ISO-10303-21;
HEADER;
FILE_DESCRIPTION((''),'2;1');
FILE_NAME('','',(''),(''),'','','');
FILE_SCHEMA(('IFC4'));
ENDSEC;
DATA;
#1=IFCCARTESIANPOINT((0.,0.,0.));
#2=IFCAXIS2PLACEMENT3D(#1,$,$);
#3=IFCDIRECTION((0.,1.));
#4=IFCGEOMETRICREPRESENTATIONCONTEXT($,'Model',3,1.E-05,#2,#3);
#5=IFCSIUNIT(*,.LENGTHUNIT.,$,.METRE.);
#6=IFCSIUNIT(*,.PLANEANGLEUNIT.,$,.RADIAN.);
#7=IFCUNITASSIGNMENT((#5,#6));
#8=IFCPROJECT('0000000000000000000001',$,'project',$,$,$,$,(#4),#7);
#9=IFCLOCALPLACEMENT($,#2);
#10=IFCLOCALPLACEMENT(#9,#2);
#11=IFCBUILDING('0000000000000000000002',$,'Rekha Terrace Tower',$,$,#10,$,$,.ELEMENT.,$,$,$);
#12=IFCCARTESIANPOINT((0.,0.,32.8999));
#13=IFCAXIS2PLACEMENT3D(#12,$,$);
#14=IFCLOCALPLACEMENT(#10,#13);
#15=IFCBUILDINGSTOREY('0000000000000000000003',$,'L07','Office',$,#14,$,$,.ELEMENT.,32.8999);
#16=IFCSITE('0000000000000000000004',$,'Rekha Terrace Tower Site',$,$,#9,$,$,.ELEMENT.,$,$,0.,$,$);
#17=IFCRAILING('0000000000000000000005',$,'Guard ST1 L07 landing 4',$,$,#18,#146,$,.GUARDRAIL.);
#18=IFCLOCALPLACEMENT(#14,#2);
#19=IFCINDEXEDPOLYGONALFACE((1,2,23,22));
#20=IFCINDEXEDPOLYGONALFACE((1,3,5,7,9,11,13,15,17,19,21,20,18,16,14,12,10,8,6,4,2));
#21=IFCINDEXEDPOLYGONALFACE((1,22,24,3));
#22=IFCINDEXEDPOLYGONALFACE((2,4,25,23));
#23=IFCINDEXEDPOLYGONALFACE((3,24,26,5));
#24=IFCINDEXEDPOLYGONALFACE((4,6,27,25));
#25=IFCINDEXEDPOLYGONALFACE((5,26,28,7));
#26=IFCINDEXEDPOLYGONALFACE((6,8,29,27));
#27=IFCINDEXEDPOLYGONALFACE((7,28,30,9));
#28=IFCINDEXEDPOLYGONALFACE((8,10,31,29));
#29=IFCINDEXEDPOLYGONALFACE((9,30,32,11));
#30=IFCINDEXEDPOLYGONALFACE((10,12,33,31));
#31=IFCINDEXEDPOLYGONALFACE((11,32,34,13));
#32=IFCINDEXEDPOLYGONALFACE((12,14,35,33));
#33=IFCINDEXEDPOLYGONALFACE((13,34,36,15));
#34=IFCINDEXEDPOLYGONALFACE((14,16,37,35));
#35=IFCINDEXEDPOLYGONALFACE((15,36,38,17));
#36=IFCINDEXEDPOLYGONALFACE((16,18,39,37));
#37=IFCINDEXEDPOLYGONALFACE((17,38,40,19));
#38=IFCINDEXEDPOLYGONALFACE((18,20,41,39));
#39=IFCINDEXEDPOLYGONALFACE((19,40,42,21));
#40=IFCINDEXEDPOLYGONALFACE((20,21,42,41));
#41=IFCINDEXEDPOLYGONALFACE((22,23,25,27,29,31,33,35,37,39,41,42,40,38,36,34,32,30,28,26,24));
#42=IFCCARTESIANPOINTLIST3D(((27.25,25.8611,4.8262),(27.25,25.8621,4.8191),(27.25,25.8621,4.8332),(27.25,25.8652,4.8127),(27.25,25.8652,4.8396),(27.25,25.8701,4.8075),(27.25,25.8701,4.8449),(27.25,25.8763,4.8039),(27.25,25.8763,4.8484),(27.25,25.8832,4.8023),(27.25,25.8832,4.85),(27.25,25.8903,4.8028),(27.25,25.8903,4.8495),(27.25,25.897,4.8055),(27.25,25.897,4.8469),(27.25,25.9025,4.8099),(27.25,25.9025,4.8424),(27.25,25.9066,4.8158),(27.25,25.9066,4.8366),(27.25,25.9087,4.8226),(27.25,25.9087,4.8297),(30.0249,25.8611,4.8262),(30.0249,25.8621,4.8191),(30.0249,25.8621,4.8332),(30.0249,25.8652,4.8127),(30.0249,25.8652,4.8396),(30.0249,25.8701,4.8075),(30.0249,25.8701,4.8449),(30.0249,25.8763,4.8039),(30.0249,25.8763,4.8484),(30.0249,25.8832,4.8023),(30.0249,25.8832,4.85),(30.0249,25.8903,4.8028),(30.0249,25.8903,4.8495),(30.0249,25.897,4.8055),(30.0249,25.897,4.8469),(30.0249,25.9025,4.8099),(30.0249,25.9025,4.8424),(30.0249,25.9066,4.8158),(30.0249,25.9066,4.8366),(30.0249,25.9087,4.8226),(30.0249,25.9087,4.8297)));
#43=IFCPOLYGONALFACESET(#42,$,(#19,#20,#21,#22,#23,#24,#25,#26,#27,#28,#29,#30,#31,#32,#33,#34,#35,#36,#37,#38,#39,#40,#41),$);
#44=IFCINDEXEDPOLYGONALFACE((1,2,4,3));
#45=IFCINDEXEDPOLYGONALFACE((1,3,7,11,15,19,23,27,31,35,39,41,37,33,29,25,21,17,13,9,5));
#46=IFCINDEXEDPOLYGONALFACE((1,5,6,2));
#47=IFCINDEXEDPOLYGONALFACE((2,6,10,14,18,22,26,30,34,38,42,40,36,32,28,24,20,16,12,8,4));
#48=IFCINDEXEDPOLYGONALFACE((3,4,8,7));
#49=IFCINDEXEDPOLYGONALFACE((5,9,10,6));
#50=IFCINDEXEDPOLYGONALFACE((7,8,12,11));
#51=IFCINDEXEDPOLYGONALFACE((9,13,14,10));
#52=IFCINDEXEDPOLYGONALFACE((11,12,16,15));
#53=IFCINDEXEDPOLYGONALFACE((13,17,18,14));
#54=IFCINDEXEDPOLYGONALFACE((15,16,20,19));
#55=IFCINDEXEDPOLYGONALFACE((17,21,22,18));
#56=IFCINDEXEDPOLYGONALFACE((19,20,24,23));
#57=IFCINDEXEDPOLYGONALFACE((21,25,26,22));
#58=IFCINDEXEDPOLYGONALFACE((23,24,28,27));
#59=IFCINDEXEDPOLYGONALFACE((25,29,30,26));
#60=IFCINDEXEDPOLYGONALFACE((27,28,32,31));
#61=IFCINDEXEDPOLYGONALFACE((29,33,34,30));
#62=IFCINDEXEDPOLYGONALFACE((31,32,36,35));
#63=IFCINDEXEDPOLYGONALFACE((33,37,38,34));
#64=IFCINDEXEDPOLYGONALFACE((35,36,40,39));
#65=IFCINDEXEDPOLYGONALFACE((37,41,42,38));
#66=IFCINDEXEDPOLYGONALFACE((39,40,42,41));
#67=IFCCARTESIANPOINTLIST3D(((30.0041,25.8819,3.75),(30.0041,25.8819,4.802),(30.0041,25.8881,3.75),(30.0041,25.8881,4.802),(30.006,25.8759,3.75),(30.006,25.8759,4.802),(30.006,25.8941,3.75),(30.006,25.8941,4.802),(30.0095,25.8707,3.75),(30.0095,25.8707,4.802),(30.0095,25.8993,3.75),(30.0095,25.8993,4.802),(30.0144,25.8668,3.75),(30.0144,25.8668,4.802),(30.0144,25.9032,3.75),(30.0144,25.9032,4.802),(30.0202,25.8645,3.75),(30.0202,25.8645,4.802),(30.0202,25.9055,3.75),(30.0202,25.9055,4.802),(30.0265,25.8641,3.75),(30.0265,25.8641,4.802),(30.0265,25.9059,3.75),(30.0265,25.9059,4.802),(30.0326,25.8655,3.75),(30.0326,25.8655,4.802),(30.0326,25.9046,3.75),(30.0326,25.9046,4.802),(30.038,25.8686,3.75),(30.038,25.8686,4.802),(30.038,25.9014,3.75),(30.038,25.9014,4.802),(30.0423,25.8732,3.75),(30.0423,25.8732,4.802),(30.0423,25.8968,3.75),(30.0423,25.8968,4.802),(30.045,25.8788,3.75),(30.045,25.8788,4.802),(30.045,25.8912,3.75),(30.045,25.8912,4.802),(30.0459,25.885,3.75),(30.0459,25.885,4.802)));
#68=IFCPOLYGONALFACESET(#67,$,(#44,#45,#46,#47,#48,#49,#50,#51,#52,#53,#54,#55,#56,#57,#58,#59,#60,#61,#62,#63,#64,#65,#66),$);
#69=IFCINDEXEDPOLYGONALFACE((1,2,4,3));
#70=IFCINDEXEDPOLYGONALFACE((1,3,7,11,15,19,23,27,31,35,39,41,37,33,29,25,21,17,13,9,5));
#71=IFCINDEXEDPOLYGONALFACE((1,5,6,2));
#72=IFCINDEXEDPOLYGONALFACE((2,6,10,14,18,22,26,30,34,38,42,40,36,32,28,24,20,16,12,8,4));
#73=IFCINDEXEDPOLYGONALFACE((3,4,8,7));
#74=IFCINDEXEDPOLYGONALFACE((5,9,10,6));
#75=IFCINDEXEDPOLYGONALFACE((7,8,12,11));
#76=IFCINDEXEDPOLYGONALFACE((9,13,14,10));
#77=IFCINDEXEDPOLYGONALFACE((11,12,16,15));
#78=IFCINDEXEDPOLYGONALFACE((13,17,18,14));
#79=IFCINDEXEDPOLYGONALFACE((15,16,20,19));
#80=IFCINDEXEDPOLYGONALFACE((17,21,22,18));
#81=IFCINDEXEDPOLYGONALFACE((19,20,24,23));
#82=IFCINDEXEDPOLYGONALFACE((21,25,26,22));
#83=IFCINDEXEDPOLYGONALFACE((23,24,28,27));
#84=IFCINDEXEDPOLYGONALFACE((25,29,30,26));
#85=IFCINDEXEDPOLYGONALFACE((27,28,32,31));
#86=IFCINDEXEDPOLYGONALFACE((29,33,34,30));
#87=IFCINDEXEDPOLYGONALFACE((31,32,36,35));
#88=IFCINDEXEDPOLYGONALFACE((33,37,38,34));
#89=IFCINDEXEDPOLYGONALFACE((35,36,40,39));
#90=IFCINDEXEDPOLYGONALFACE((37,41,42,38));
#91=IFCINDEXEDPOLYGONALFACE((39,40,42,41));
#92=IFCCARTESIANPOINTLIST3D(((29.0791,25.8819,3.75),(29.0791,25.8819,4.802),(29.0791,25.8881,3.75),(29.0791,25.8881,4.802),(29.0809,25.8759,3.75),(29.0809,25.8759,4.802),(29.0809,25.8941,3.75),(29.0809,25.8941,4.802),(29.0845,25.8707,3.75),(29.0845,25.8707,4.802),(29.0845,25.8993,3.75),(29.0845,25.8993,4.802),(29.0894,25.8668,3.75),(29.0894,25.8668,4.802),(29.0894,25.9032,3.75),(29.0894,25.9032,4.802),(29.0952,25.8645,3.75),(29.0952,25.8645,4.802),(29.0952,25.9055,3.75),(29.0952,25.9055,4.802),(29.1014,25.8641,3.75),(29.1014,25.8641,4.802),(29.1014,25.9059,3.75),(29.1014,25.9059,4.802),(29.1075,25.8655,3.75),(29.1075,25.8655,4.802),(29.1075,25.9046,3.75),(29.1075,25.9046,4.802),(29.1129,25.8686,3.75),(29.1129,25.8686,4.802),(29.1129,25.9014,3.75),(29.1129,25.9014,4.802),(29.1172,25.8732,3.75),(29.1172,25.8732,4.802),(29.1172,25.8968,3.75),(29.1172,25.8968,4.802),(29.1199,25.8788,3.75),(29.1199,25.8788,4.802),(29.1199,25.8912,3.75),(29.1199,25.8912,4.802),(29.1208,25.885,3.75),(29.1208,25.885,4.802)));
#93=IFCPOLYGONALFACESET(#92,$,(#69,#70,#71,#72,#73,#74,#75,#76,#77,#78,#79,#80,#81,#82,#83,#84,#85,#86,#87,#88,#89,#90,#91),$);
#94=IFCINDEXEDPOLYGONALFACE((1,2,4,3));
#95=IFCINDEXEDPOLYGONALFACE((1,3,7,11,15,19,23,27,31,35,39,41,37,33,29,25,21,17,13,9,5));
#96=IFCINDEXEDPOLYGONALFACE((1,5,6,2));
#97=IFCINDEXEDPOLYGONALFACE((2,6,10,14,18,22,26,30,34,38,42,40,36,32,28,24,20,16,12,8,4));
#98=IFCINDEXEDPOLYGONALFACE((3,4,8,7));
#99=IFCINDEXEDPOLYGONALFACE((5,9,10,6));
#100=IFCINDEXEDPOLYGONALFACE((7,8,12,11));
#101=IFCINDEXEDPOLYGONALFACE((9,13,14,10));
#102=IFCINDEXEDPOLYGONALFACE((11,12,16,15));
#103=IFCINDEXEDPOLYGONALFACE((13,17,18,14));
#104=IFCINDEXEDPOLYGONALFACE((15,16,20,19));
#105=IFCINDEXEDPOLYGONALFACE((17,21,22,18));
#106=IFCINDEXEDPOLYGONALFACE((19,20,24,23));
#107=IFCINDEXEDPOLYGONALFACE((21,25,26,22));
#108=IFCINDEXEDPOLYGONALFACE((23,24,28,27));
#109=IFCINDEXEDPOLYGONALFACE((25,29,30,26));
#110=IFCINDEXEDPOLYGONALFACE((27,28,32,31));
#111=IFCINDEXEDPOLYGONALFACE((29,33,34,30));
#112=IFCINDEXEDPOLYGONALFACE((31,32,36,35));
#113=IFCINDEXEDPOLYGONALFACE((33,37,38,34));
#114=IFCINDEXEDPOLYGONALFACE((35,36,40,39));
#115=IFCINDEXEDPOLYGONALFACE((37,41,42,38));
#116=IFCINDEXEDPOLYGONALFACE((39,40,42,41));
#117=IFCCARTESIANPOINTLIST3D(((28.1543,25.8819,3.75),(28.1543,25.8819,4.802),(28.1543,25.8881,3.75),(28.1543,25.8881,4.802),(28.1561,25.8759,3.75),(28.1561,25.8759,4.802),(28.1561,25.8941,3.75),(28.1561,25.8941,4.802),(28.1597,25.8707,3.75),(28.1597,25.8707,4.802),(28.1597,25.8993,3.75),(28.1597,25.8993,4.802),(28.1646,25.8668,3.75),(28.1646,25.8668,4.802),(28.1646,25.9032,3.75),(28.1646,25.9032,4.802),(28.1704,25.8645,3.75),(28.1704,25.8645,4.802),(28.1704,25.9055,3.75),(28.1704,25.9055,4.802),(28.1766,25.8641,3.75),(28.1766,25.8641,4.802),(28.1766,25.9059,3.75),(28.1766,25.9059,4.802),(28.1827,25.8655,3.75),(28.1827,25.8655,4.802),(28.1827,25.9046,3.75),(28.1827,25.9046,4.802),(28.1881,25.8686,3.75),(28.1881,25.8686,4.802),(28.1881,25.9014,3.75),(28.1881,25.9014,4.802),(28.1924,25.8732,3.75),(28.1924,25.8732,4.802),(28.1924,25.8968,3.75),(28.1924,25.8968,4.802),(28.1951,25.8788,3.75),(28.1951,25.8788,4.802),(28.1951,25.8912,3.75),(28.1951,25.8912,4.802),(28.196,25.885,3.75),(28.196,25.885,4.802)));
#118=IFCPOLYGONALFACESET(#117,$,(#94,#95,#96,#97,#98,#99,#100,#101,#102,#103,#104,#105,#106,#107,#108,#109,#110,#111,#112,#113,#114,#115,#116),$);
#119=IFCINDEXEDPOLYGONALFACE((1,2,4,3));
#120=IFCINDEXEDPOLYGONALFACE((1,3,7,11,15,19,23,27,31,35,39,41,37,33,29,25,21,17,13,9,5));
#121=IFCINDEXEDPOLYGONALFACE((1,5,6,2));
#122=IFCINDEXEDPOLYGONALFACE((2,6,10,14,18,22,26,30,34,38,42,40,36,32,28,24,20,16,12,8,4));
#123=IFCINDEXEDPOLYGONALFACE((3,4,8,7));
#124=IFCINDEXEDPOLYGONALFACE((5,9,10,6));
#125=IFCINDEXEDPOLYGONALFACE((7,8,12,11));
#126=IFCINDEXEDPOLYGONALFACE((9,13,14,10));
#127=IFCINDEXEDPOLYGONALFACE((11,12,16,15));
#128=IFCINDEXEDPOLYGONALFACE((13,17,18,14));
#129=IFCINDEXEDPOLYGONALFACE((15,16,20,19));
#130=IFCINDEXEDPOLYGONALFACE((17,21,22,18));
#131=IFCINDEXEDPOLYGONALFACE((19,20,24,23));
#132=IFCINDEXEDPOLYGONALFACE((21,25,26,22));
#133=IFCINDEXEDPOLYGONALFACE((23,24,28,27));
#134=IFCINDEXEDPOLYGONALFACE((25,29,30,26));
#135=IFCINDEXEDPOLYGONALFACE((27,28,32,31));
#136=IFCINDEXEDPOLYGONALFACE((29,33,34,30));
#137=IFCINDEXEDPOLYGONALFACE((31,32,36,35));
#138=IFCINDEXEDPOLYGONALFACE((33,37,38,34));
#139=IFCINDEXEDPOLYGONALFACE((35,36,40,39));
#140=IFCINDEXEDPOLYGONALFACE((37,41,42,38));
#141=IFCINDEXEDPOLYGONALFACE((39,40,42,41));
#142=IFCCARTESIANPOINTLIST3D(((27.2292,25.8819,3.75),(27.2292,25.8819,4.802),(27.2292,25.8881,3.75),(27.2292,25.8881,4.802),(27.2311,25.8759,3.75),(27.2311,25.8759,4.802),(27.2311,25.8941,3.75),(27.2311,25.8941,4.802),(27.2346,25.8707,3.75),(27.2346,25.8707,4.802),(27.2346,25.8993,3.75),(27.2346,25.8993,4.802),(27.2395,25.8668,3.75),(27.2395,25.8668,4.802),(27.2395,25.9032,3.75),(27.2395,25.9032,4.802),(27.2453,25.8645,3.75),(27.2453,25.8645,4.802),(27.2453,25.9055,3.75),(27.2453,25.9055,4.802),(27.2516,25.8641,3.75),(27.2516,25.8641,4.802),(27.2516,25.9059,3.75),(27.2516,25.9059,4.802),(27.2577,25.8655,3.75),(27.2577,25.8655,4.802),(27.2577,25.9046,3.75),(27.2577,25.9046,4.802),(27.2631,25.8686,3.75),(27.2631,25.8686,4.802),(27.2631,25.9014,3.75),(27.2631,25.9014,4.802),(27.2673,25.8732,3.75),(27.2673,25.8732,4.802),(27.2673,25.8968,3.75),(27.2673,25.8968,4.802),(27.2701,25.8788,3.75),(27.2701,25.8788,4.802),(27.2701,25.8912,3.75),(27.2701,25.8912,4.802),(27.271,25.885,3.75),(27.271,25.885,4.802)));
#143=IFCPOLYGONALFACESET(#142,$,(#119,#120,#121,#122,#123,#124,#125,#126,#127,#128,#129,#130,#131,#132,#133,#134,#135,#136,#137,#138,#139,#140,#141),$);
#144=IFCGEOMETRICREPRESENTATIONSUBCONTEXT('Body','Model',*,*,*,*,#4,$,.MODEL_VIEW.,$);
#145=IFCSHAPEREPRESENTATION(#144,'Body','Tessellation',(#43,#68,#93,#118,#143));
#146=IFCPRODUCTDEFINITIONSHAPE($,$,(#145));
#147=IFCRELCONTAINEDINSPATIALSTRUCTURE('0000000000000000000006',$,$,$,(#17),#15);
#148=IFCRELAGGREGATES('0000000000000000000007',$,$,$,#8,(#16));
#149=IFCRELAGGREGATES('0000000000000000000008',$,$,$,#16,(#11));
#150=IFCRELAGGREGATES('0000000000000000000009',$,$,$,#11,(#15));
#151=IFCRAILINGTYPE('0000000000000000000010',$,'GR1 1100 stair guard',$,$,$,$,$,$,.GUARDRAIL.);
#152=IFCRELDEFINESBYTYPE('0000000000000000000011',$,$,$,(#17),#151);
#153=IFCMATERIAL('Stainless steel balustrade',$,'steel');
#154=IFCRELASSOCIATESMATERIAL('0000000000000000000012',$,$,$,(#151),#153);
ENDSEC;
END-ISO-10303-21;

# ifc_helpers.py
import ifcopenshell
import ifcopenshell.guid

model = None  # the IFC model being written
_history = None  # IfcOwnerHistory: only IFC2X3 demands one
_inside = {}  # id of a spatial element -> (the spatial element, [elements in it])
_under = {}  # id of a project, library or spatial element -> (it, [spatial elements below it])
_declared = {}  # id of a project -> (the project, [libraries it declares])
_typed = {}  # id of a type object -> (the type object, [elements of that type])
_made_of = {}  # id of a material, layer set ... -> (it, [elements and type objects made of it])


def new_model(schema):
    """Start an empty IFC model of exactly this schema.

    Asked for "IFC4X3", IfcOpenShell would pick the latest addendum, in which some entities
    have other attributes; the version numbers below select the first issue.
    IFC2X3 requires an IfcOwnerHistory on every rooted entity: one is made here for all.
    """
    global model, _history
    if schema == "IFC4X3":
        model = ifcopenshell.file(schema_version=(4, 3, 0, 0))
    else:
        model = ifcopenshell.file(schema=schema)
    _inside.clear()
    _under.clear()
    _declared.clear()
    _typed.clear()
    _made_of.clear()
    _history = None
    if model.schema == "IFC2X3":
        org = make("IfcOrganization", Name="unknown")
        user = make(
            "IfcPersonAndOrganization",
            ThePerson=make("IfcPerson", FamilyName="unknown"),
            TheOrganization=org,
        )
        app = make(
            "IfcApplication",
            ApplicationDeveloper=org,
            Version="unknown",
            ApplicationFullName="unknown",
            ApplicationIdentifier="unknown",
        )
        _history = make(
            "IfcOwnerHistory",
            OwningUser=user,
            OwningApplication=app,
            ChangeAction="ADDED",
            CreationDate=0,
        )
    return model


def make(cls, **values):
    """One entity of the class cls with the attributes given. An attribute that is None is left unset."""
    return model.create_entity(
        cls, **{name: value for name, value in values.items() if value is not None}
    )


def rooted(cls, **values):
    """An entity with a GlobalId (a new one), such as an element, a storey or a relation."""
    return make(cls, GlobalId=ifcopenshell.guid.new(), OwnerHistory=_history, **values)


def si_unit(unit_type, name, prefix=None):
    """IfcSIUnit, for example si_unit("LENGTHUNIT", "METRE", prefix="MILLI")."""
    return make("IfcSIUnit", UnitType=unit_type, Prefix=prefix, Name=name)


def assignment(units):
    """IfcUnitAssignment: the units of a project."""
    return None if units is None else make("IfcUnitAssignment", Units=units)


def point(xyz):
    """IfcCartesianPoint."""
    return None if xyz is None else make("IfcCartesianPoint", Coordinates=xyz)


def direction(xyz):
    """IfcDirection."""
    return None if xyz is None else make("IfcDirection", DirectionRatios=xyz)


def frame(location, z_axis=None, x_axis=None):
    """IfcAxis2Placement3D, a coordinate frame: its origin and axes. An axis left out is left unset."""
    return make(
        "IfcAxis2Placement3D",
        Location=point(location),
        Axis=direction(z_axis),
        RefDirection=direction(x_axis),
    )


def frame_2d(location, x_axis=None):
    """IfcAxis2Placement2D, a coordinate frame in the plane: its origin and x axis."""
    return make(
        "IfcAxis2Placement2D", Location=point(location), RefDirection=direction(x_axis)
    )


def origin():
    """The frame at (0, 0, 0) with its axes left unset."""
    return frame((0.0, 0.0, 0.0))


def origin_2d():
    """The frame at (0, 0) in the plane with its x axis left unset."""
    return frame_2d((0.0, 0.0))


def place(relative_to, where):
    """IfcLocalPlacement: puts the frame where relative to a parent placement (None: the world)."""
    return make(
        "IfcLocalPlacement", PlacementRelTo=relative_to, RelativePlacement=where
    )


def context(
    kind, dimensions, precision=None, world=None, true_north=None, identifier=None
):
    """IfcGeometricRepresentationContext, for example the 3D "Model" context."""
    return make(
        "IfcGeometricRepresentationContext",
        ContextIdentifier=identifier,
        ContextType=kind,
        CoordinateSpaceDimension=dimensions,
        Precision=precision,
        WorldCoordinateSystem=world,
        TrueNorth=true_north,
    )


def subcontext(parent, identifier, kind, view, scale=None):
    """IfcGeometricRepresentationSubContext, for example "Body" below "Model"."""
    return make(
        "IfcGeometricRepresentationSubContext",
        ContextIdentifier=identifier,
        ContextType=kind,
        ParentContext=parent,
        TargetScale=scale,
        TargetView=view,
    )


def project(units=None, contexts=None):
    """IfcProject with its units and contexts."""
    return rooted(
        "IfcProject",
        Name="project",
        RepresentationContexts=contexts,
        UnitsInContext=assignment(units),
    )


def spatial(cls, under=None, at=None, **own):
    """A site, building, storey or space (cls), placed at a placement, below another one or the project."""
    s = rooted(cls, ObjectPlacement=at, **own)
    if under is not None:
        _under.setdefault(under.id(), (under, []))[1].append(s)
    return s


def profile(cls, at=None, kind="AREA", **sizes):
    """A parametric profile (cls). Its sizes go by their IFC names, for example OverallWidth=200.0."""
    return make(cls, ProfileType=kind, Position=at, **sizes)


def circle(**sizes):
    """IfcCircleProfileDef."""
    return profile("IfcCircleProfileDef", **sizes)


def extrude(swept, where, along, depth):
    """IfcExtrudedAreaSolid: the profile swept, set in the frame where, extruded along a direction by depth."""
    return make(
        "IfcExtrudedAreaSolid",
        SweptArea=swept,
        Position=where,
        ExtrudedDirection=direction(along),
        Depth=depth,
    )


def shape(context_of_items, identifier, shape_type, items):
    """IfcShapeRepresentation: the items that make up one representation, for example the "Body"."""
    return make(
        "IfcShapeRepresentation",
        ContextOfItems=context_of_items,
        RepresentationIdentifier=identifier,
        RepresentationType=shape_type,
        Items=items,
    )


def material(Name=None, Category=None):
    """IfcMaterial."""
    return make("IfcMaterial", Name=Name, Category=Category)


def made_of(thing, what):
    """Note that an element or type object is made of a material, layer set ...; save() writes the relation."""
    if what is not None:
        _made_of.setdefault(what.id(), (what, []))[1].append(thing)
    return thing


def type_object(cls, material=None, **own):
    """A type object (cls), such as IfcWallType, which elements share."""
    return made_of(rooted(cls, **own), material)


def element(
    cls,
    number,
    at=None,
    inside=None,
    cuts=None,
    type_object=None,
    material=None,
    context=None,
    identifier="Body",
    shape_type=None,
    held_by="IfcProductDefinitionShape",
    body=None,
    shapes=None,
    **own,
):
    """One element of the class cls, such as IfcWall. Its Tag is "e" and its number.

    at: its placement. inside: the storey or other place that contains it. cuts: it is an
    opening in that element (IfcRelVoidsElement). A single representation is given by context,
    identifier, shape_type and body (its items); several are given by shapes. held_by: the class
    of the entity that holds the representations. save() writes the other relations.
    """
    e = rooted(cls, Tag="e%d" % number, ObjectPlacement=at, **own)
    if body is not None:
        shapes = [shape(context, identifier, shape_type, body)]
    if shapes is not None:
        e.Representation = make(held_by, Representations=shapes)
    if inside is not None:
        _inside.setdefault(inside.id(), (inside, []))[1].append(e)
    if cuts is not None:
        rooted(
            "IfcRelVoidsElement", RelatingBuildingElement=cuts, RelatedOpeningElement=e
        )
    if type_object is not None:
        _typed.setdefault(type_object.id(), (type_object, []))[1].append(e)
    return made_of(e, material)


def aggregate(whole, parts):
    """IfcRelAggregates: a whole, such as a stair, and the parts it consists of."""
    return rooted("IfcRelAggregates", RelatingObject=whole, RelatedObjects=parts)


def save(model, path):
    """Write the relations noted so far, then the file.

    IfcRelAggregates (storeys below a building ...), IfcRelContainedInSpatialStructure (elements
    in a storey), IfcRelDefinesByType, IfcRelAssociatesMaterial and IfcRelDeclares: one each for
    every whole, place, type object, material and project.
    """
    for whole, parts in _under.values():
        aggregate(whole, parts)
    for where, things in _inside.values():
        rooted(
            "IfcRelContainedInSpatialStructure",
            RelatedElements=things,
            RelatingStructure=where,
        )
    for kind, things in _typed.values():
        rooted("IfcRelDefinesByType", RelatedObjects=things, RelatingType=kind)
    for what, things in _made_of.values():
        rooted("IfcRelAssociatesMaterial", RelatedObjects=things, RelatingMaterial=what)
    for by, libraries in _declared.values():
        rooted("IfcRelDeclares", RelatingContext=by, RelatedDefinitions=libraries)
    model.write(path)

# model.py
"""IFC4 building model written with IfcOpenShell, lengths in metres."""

from ifc_helpers import new_model, si_unit, direction, frame, origin, origin_2d, place, context, subcontext, project, spatial, circle, extrude, material, type_object, element, save


model = new_model("IFC4")

# Units and contexts
model_context = context("Model", 3, precision=1e-05, world=origin(), true_north=direction((0.0, 1.0)))
body_context = subcontext(model_context, "Body", "Model", "MODEL_VIEW")
ifc_project = project(units=[si_unit("LENGTHUNIT", "METRE"), si_unit("PLANEANGLEUNIT", "RADIAN")], contexts=[model_context])

# Site, building, storey
site_placement = place(None, origin())
site = spatial("IfcSite", under=ifc_project, at=site_placement, Name="Rekha Terrace Tower Site", CompositionType="ELEMENT", RefElevation=0.0)
building_placement = place(site_placement, origin())
building = spatial("IfcBuilding", under=site, at=building_placement, Name="Rekha Terrace Tower", CompositionType="ELEMENT")
storey_placement = place(building_placement, frame((0.0, 0.0, 32.8999)))
storey = spatial("IfcBuildingStorey", under=building, at=storey_placement, Name="L07", Description="Office", CompositionType="ELEMENT", Elevation=32.8999)

# Railing
ifc_material_1 = material(Name="Stainless steel balustrade", Category="steel")
railing_type_1 = type_object("IfcRailingType", Name="GR1 1100 stair guard", PredefinedType="GUARDRAIL", material=ifc_material_1)
railing_1_placement = place(storey_placement, frame((30.0249, 25.885, 3.75)))
element("IfcRailing", 1, at=railing_1_placement, inside=storey, type_object=railing_type_1, Name="Guard ST1 L07 landing 4", PredefinedType="GUARDRAIL", context=body_context, shape_type="SweptSolid", body=[
    extrude(circle(Radius=0.0239, at=origin_2d()), frame((0.0, 0.0, 1.0762), z_axis=(-1.0, 0.0, 0.0), x_axis=(0.0, -1.0, 0.0)), (0.0, 0.0, 1.0), 2.7749),
    extrude(circle(Radius=0.021, at=origin_2d()), origin(), (0.0, 0.0, 1.0), 1.052),
    extrude(circle(Radius=0.021, at=origin_2d()), frame((-0.925, 0.0, 0.0)), (0.0, 0.0, 1.0), 1.052),
    extrude(circle(Radius=0.021, at=origin_2d()), frame((-1.8499, 0.0, 0.0)), (0.0, 0.0, 1.0), 1.052),
    extrude(circle(Radius=0.021, at=origin_2d()), frame((-2.7749, 0.0, 0.0)), (0.0, 0.0, 1.0), 1.052),
])

save(model, "model.ifc")
